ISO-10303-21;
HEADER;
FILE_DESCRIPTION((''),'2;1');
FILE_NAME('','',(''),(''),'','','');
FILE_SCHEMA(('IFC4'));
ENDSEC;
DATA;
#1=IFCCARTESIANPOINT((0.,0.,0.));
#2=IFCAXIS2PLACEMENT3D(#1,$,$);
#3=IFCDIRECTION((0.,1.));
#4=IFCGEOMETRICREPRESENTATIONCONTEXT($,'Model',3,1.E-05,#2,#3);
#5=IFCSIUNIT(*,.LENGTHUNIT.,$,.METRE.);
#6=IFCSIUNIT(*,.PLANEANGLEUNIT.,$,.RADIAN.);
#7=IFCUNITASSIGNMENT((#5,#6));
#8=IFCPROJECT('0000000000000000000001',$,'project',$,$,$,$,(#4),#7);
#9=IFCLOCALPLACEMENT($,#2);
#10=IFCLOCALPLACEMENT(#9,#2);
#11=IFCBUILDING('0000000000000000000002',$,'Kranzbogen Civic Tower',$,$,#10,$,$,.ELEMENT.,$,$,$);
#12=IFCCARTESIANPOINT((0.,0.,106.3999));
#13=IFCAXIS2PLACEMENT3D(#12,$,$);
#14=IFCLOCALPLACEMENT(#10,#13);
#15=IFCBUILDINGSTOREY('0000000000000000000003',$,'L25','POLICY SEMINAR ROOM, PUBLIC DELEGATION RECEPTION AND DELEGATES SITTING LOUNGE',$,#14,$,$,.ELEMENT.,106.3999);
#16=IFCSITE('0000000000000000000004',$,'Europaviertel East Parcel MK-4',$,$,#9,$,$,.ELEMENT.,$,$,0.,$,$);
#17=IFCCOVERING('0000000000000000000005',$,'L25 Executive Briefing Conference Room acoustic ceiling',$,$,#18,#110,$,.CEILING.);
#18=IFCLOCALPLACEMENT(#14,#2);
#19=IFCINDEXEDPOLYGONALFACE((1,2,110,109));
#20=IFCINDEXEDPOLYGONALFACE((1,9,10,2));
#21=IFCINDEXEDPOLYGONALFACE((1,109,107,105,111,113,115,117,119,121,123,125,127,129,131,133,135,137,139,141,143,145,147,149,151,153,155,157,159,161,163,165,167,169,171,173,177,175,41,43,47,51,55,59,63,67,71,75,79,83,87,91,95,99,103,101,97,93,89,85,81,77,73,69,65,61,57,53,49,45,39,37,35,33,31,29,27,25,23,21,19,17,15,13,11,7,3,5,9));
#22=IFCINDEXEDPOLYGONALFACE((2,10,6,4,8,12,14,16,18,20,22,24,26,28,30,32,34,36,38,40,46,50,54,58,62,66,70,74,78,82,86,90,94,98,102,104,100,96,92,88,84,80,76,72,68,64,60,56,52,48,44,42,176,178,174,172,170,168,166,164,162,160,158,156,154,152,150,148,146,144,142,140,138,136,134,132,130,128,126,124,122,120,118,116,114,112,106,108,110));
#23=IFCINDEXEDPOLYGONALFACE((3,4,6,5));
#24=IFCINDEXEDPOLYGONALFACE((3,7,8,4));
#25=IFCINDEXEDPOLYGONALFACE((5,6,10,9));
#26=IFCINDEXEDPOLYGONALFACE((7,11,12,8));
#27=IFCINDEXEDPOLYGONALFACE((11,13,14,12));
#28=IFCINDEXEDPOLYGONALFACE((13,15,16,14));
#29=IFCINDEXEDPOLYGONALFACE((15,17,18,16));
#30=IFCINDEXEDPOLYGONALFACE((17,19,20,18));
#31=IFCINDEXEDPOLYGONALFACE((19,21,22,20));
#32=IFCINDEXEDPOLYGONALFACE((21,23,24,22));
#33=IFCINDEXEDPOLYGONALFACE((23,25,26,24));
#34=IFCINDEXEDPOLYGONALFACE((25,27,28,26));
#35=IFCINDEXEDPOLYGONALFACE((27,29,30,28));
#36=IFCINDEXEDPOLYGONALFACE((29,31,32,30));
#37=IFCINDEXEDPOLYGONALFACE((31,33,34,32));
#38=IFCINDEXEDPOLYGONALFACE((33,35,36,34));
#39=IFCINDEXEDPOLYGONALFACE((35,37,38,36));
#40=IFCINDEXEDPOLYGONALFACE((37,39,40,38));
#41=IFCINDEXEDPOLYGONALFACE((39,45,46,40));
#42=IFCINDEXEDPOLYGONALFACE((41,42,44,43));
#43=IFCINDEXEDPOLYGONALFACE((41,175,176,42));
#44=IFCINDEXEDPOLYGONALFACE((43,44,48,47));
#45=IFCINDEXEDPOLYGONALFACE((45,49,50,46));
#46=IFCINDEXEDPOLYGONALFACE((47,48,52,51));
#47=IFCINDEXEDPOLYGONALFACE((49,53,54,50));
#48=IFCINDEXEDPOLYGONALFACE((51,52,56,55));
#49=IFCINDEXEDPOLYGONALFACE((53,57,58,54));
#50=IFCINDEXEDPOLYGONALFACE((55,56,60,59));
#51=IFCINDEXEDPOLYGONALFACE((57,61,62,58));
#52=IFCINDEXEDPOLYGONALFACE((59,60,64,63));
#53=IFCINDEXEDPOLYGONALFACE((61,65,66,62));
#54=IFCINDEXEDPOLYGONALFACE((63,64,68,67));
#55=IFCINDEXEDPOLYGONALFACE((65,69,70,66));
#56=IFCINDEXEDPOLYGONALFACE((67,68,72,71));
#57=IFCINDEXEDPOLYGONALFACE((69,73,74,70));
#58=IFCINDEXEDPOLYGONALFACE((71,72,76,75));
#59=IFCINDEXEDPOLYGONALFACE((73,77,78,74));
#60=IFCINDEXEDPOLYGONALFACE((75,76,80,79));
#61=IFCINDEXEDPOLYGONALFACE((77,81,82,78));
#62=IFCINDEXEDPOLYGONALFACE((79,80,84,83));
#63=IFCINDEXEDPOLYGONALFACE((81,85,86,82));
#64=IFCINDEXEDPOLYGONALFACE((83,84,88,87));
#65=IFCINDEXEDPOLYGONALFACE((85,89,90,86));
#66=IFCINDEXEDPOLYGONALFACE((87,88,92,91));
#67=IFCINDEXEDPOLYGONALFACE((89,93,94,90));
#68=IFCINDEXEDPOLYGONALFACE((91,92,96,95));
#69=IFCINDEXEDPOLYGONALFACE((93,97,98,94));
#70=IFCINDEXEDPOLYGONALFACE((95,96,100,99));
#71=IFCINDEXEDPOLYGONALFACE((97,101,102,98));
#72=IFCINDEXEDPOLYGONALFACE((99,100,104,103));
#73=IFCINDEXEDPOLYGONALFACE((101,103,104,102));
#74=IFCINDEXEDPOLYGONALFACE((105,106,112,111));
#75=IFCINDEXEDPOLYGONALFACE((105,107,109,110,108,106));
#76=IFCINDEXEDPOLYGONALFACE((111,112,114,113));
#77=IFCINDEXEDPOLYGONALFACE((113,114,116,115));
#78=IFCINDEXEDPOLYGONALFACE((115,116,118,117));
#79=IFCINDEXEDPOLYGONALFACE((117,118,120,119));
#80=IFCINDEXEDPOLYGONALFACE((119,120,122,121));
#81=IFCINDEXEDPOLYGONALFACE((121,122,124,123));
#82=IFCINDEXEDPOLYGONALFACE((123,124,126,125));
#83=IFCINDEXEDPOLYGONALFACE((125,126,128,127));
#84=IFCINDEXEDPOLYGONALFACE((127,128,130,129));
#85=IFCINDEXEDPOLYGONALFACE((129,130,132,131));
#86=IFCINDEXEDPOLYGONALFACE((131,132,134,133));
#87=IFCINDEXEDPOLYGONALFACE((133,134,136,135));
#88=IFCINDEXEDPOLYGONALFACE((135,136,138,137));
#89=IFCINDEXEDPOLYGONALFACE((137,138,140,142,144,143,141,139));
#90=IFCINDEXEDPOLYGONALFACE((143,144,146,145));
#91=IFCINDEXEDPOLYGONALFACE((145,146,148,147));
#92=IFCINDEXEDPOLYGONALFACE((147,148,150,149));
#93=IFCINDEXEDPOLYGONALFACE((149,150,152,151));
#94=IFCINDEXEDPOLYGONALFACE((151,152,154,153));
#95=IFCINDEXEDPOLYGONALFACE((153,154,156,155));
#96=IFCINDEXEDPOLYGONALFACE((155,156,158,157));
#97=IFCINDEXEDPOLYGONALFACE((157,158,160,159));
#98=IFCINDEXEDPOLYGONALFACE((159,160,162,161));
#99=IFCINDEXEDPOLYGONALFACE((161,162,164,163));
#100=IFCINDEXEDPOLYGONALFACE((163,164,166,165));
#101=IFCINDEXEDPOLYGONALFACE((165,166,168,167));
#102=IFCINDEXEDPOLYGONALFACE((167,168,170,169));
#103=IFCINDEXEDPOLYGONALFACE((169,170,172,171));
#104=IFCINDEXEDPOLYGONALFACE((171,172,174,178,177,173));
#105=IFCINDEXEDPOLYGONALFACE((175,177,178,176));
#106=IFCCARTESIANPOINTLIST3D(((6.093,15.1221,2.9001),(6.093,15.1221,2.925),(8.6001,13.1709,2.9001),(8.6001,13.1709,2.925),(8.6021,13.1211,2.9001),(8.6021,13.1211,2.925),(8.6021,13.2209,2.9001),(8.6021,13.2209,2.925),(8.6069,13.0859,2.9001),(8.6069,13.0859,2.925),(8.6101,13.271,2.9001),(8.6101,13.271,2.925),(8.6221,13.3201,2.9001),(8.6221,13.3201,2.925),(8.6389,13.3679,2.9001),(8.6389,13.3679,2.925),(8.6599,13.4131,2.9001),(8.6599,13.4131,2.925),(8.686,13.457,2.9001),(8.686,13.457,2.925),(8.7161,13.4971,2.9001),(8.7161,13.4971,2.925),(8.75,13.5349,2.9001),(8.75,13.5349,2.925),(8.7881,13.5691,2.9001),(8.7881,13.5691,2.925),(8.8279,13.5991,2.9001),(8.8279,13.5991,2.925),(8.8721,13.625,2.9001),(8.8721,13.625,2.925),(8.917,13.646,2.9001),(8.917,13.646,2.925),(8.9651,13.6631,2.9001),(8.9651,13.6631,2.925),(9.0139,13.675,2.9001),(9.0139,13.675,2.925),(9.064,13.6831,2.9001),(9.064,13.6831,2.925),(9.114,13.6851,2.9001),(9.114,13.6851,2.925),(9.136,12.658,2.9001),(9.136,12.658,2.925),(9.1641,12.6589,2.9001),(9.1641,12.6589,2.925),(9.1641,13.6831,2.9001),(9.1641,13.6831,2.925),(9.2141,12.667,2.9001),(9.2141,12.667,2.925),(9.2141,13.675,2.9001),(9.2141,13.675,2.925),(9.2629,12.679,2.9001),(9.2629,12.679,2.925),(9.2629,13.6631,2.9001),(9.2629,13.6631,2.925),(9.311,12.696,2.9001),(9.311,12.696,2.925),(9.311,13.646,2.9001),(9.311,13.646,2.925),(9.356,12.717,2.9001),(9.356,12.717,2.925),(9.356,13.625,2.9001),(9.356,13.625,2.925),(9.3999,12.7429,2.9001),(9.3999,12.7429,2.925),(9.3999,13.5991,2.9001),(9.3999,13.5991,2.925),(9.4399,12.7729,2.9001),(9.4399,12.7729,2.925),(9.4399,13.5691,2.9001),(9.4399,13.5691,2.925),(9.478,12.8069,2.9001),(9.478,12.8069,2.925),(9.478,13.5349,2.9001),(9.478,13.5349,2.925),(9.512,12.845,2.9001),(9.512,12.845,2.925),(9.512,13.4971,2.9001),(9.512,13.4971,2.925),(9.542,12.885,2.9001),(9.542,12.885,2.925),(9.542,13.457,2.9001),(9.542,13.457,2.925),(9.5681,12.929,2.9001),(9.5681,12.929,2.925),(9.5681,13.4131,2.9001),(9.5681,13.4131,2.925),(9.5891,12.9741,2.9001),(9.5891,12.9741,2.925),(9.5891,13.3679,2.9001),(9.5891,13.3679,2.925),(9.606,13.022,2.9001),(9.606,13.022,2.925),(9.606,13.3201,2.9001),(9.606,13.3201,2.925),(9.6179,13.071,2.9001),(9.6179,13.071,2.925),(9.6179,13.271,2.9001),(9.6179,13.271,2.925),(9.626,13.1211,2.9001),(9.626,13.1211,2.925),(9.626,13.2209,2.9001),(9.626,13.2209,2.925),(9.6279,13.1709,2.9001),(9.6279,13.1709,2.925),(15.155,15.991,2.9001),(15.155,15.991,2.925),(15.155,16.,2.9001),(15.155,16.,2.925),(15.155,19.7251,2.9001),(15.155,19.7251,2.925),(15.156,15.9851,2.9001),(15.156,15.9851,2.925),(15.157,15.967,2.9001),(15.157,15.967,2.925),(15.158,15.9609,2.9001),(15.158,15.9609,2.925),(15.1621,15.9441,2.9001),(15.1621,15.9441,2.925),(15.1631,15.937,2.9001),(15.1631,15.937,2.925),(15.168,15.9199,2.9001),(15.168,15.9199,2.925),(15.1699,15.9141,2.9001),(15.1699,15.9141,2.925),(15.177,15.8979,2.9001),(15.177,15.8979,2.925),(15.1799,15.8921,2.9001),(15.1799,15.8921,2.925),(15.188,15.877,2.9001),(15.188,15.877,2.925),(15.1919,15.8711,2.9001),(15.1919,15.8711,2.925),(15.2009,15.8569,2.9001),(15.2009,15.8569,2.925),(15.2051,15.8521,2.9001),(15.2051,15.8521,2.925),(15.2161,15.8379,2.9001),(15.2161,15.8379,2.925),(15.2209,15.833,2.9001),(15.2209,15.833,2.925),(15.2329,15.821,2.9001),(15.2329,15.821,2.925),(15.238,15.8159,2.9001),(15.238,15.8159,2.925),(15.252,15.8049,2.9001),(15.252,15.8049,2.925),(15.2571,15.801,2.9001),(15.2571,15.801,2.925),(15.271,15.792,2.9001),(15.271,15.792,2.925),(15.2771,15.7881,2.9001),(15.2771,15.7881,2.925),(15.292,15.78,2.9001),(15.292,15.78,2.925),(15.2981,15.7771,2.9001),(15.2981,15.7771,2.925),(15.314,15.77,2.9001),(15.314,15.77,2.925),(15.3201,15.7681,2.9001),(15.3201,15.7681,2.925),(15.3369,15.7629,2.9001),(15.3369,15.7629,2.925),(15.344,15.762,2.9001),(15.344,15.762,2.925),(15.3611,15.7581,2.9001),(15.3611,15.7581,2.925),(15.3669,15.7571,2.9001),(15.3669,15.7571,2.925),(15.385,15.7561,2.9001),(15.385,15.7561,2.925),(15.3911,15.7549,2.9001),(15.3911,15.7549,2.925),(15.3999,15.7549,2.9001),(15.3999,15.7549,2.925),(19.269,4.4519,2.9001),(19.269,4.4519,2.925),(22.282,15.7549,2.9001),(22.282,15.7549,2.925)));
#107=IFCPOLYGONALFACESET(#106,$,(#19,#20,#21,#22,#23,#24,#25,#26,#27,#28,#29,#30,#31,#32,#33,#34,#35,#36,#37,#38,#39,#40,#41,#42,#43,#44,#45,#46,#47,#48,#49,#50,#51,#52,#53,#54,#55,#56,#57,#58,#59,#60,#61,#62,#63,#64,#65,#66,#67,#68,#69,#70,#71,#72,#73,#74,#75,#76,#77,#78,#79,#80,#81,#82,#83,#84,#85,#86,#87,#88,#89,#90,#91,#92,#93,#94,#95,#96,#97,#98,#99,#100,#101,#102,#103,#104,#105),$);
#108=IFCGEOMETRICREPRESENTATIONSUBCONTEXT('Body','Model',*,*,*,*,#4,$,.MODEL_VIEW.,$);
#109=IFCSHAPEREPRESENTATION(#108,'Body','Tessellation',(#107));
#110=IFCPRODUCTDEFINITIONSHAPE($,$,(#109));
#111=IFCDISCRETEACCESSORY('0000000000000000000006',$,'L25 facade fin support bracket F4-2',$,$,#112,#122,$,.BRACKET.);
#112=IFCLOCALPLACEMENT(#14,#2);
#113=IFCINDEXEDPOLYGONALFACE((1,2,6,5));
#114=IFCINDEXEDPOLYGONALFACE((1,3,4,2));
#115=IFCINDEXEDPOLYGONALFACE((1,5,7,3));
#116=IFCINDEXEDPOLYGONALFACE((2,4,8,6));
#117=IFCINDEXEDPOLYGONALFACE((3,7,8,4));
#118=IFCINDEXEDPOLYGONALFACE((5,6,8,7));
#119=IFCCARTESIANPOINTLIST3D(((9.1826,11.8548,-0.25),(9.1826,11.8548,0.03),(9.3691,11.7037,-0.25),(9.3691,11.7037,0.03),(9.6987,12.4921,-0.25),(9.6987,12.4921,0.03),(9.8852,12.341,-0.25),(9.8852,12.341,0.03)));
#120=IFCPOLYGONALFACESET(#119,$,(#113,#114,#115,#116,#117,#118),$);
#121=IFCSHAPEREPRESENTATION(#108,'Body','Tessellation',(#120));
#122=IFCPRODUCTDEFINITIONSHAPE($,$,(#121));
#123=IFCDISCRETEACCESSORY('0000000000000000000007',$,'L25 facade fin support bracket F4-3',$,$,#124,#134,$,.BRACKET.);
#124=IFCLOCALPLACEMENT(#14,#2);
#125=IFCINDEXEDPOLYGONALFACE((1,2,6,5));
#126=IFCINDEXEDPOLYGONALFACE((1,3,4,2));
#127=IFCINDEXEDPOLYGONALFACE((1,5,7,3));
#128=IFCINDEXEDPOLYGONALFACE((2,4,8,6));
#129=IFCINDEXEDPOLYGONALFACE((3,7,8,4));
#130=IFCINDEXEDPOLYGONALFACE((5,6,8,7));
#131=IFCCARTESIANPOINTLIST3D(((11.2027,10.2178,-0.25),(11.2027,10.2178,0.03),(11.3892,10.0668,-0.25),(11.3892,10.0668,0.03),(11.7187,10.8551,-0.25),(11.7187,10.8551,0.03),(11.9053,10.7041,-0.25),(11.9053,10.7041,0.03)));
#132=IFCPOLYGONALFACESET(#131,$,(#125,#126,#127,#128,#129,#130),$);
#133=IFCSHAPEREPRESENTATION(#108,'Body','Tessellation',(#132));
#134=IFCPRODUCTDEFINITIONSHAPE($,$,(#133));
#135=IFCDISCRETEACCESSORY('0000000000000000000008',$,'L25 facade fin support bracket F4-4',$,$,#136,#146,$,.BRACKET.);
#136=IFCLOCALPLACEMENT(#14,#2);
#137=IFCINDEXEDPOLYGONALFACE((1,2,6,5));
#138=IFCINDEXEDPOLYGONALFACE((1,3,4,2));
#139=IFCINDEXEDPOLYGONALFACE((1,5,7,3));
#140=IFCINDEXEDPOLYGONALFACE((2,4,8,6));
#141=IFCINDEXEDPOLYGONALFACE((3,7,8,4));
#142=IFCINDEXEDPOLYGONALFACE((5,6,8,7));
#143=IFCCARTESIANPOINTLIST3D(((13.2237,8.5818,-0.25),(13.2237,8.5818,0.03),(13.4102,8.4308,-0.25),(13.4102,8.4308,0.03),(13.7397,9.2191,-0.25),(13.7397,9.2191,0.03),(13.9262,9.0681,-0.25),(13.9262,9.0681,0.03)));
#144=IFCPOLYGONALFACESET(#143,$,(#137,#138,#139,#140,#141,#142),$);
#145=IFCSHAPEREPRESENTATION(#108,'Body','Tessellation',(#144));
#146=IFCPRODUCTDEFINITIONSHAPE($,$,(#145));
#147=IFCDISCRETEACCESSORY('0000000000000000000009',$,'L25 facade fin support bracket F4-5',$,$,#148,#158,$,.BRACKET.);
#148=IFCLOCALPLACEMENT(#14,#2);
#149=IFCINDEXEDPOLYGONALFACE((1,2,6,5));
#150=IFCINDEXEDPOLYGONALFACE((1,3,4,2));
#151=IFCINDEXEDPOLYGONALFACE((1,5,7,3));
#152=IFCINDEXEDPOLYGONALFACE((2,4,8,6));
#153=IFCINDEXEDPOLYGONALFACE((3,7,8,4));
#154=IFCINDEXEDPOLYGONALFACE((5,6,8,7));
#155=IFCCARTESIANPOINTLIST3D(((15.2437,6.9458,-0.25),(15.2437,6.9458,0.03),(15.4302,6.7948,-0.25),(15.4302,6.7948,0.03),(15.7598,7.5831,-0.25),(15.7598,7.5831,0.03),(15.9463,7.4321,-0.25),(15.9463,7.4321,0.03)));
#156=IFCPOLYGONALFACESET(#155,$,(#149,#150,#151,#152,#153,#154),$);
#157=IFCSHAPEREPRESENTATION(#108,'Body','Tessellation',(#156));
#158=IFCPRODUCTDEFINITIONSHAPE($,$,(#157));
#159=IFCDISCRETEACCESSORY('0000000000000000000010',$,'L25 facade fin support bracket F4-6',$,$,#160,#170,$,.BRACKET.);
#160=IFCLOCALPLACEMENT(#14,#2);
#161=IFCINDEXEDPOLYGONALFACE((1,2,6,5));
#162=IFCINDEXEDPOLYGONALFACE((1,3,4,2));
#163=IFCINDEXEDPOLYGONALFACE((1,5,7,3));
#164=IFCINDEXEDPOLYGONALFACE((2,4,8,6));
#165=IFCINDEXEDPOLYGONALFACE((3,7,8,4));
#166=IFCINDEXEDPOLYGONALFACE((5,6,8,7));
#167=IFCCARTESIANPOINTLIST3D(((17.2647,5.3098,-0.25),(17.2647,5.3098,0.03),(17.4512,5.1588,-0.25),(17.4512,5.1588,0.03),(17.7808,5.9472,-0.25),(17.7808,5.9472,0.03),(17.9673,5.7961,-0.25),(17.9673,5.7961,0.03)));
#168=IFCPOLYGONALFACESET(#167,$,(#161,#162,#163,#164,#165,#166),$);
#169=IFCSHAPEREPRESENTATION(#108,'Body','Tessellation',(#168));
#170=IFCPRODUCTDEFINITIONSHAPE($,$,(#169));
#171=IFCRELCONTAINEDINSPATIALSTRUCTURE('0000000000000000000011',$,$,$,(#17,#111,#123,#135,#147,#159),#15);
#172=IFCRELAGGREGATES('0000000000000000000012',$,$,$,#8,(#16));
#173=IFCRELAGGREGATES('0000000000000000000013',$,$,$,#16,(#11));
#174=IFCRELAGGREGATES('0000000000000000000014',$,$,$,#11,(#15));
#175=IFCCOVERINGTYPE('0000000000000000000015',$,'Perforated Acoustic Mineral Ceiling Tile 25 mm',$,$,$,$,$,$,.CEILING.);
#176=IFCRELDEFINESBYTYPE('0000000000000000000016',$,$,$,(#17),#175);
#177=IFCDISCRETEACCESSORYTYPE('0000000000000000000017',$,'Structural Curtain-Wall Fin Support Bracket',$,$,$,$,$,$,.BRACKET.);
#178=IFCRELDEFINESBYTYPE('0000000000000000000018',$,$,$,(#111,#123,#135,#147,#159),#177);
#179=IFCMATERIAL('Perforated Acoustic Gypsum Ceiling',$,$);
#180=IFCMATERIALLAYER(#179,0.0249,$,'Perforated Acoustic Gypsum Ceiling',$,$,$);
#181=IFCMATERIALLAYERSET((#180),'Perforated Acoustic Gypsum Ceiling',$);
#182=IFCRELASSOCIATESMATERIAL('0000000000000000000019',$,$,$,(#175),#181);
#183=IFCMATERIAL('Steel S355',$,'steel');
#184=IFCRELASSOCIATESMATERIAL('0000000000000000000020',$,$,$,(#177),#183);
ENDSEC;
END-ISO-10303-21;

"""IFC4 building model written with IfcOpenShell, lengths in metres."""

from ifc_helpers import new_model, si_unit, direction, frame, origin, origin_2d, place, context, subcontext, project, spatial, polyline, rectangle, outline, extrude, material, layer, layer_set, type_object, element, save


model = new_model("IFC4")

# Units and contexts
model_context = context("Model", 3, precision=1e-05, world=origin(), true_north=direction((0.0, 1.0)))
body_context = subcontext(model_context, "Body", "Model", "MODEL_VIEW")
ifc_project = project(units=[si_unit("LENGTHUNIT", "METRE"), si_unit("PLANEANGLEUNIT", "RADIAN")], contexts=[model_context])

# Site, building, storey
site_placement = place(None, origin())
site = spatial("IfcSite", under=ifc_project, at=site_placement, Name="Europaviertel East Parcel MK-4", CompositionType="ELEMENT", RefElevation=0.0)
building_placement = place(site_placement, origin())
building = spatial("IfcBuilding", under=site, at=building_placement, Name="Kranzbogen Civic Tower", CompositionType="ELEMENT")
storey_placement = place(building_placement, frame((0.0, 0.0, 106.3999)))
storey = spatial("IfcBuildingStorey", under=building, at=storey_placement, Name="L25", Description="POLICY SEMINAR ROOM, PUBLIC DELEGATION RECEPTION AND DELEGATES SITTING LOUNGE", CompositionType="ELEMENT", Elevation=106.3999)

# Shared definitions
ifc_material_1 = material(Name="Steel S355", Category="steel")

# Covering
ifc_material_2 = material(Name="Perforated Acoustic Gypsum Ceiling")
ifc_layer_1 = layer(ifc_material_2, 0.0249, Name="Perforated Acoustic Gypsum Ceiling")
ifc_layer_set_1 = layer_set([ifc_layer_1], Name="Perforated Acoustic Gypsum Ceiling")
covering_type_1 = type_object("IfcCoveringType", Name="Perforated Acoustic Mineral Ceiling Tile 25 mm", PredefinedType="CEILING", material=ifc_layer_set_1)
covering_1_placement = place(storey_placement, frame((0.0, 0.0, 2.9001)))
element("IfcCovering", 1, at=covering_1_placement, inside=storey, type_object=covering_type_1, Name="L25 Executive Briefing Conference Room acoustic ceiling", PredefinedType="CEILING", context=body_context, shape_type="SweptSolid", body=[
    extrude(outline(polyline([(15.155, 19.7251), (15.155, 16.0), (15.155, 15.991), (15.156, 15.9851), (15.157, 15.967), (15.158, 15.9609), (15.1621, 15.9441), (15.1631, 15.937), (15.168, 15.9199), (15.1699, 15.9141), (15.177, 15.8979), (15.1799, 15.8921), (15.188, 15.877), (15.1919, 15.8711), (15.2009, 15.8569), (15.2051, 15.8521), (15.2161, 15.8379), (15.2209, 15.833), (15.2329, 15.821), (15.238, 15.8159), (15.252, 15.8049), (15.2571, 15.801), (15.271, 15.792), (15.2771, 15.7881), (15.292, 15.78), (15.2981, 15.7771), (15.314, 15.77), (15.3201, 15.7681), (15.3369, 15.7629), (15.344, 15.762), (15.3611, 15.7581), (15.3669, 15.7571), (15.385, 15.7561), (15.3911, 15.7549), (15.3999, 15.7549), (22.282, 15.7549), (19.269, 4.4519), (9.136, 12.658), (9.1641, 12.6589), (9.2141, 12.667), (9.2629, 12.679), (9.311, 12.696), (9.356, 12.717), (9.3999, 12.7429), (9.4399, 12.7729), (9.478, 12.8069), (9.512, 12.845), (9.542, 12.885), (9.5681, 12.929), (9.5891, 12.9741), (9.606, 13.022), (9.6179, 13.071), (9.626, 13.1211), (9.6279, 13.1709), (9.626, 13.2209), (9.6179, 13.271), (9.606, 13.3201), (9.5891, 13.3679), (9.5681, 13.4131), (9.542, 13.457), (9.512, 13.4971), (9.478, 13.5349), (9.4399, 13.5691), (9.3999, 13.5991), (9.356, 13.625), (9.311, 13.646), (9.2629, 13.6631), (9.2141, 13.675), (9.1641, 13.6831), (9.114, 13.6851), (9.064, 13.6831), (9.0139, 13.675), (8.9651, 13.6631), (8.917, 13.646), (8.8721, 13.625), (8.8279, 13.5991), (8.7881, 13.5691), (8.75, 13.5349), (8.7161, 13.4971), (8.686, 13.457), (8.6599, 13.4131), (8.6389, 13.3679), (8.6221, 13.3201), (8.6101, 13.271), (8.6021, 13.2209), (8.6001, 13.1709), (8.6021, 13.1211), (8.6069, 13.0859), (6.093, 15.1221), (15.155, 19.7251)])), origin(), (0.0, 0.0, 1.0), 0.0249),
])

# Discrete accessories
discrete_accessory_type = type_object("IfcDiscreteAccessoryType", Name="Structural Curtain-Wall Fin Support Bracket", PredefinedType="BRACKET", material=ifc_material_1)
for number, where, z_axis, x_axis, name in (
    (2, (9.5339, 12.0979, -0.25), (0.0, 0.0, 1.0), (-0.62932, -0.777146, 0.0), "L25 facade fin support bracket F4-2"),
    (3, (11.554, 10.4609, -0.25), (0.0, 0.0, 1.0), (-0.62932, -0.777146, 0.0), "L25 facade fin support bracket F4-3"),
    (4, (13.575, 8.825, -0.25), (0.0, 0.0, 1.0), (-0.62932, -0.777146, 0.0), "L25 facade fin support bracket F4-4"),
    (5, (15.595, 7.189, -0.25), (0.0, 0.0, 1.0), (-0.62932, -0.777146, 0.0), "L25 facade fin support bracket F4-5"),
    (6, (17.616, 5.553, -0.25), (0.0, 0.0, 1.0), (-0.62932, -0.777146, 0.0), "L25 facade fin support bracket F4-6"),
):
    element("IfcDiscreteAccessory", number, at=place(storey_placement, frame(where, z_axis=z_axis, x_axis=x_axis)), inside=storey, type_object=discrete_accessory_type, Name=name, PredefinedType="BRACKET", context=body_context, shape_type="SweptSolid", body=[
        extrude(rectangle(XDim=0.8201, YDim=0.24, at=origin_2d()), origin(), (0.0, 0.0, 1.0), 0.28),
    ])

save(model, "model.ifc")
